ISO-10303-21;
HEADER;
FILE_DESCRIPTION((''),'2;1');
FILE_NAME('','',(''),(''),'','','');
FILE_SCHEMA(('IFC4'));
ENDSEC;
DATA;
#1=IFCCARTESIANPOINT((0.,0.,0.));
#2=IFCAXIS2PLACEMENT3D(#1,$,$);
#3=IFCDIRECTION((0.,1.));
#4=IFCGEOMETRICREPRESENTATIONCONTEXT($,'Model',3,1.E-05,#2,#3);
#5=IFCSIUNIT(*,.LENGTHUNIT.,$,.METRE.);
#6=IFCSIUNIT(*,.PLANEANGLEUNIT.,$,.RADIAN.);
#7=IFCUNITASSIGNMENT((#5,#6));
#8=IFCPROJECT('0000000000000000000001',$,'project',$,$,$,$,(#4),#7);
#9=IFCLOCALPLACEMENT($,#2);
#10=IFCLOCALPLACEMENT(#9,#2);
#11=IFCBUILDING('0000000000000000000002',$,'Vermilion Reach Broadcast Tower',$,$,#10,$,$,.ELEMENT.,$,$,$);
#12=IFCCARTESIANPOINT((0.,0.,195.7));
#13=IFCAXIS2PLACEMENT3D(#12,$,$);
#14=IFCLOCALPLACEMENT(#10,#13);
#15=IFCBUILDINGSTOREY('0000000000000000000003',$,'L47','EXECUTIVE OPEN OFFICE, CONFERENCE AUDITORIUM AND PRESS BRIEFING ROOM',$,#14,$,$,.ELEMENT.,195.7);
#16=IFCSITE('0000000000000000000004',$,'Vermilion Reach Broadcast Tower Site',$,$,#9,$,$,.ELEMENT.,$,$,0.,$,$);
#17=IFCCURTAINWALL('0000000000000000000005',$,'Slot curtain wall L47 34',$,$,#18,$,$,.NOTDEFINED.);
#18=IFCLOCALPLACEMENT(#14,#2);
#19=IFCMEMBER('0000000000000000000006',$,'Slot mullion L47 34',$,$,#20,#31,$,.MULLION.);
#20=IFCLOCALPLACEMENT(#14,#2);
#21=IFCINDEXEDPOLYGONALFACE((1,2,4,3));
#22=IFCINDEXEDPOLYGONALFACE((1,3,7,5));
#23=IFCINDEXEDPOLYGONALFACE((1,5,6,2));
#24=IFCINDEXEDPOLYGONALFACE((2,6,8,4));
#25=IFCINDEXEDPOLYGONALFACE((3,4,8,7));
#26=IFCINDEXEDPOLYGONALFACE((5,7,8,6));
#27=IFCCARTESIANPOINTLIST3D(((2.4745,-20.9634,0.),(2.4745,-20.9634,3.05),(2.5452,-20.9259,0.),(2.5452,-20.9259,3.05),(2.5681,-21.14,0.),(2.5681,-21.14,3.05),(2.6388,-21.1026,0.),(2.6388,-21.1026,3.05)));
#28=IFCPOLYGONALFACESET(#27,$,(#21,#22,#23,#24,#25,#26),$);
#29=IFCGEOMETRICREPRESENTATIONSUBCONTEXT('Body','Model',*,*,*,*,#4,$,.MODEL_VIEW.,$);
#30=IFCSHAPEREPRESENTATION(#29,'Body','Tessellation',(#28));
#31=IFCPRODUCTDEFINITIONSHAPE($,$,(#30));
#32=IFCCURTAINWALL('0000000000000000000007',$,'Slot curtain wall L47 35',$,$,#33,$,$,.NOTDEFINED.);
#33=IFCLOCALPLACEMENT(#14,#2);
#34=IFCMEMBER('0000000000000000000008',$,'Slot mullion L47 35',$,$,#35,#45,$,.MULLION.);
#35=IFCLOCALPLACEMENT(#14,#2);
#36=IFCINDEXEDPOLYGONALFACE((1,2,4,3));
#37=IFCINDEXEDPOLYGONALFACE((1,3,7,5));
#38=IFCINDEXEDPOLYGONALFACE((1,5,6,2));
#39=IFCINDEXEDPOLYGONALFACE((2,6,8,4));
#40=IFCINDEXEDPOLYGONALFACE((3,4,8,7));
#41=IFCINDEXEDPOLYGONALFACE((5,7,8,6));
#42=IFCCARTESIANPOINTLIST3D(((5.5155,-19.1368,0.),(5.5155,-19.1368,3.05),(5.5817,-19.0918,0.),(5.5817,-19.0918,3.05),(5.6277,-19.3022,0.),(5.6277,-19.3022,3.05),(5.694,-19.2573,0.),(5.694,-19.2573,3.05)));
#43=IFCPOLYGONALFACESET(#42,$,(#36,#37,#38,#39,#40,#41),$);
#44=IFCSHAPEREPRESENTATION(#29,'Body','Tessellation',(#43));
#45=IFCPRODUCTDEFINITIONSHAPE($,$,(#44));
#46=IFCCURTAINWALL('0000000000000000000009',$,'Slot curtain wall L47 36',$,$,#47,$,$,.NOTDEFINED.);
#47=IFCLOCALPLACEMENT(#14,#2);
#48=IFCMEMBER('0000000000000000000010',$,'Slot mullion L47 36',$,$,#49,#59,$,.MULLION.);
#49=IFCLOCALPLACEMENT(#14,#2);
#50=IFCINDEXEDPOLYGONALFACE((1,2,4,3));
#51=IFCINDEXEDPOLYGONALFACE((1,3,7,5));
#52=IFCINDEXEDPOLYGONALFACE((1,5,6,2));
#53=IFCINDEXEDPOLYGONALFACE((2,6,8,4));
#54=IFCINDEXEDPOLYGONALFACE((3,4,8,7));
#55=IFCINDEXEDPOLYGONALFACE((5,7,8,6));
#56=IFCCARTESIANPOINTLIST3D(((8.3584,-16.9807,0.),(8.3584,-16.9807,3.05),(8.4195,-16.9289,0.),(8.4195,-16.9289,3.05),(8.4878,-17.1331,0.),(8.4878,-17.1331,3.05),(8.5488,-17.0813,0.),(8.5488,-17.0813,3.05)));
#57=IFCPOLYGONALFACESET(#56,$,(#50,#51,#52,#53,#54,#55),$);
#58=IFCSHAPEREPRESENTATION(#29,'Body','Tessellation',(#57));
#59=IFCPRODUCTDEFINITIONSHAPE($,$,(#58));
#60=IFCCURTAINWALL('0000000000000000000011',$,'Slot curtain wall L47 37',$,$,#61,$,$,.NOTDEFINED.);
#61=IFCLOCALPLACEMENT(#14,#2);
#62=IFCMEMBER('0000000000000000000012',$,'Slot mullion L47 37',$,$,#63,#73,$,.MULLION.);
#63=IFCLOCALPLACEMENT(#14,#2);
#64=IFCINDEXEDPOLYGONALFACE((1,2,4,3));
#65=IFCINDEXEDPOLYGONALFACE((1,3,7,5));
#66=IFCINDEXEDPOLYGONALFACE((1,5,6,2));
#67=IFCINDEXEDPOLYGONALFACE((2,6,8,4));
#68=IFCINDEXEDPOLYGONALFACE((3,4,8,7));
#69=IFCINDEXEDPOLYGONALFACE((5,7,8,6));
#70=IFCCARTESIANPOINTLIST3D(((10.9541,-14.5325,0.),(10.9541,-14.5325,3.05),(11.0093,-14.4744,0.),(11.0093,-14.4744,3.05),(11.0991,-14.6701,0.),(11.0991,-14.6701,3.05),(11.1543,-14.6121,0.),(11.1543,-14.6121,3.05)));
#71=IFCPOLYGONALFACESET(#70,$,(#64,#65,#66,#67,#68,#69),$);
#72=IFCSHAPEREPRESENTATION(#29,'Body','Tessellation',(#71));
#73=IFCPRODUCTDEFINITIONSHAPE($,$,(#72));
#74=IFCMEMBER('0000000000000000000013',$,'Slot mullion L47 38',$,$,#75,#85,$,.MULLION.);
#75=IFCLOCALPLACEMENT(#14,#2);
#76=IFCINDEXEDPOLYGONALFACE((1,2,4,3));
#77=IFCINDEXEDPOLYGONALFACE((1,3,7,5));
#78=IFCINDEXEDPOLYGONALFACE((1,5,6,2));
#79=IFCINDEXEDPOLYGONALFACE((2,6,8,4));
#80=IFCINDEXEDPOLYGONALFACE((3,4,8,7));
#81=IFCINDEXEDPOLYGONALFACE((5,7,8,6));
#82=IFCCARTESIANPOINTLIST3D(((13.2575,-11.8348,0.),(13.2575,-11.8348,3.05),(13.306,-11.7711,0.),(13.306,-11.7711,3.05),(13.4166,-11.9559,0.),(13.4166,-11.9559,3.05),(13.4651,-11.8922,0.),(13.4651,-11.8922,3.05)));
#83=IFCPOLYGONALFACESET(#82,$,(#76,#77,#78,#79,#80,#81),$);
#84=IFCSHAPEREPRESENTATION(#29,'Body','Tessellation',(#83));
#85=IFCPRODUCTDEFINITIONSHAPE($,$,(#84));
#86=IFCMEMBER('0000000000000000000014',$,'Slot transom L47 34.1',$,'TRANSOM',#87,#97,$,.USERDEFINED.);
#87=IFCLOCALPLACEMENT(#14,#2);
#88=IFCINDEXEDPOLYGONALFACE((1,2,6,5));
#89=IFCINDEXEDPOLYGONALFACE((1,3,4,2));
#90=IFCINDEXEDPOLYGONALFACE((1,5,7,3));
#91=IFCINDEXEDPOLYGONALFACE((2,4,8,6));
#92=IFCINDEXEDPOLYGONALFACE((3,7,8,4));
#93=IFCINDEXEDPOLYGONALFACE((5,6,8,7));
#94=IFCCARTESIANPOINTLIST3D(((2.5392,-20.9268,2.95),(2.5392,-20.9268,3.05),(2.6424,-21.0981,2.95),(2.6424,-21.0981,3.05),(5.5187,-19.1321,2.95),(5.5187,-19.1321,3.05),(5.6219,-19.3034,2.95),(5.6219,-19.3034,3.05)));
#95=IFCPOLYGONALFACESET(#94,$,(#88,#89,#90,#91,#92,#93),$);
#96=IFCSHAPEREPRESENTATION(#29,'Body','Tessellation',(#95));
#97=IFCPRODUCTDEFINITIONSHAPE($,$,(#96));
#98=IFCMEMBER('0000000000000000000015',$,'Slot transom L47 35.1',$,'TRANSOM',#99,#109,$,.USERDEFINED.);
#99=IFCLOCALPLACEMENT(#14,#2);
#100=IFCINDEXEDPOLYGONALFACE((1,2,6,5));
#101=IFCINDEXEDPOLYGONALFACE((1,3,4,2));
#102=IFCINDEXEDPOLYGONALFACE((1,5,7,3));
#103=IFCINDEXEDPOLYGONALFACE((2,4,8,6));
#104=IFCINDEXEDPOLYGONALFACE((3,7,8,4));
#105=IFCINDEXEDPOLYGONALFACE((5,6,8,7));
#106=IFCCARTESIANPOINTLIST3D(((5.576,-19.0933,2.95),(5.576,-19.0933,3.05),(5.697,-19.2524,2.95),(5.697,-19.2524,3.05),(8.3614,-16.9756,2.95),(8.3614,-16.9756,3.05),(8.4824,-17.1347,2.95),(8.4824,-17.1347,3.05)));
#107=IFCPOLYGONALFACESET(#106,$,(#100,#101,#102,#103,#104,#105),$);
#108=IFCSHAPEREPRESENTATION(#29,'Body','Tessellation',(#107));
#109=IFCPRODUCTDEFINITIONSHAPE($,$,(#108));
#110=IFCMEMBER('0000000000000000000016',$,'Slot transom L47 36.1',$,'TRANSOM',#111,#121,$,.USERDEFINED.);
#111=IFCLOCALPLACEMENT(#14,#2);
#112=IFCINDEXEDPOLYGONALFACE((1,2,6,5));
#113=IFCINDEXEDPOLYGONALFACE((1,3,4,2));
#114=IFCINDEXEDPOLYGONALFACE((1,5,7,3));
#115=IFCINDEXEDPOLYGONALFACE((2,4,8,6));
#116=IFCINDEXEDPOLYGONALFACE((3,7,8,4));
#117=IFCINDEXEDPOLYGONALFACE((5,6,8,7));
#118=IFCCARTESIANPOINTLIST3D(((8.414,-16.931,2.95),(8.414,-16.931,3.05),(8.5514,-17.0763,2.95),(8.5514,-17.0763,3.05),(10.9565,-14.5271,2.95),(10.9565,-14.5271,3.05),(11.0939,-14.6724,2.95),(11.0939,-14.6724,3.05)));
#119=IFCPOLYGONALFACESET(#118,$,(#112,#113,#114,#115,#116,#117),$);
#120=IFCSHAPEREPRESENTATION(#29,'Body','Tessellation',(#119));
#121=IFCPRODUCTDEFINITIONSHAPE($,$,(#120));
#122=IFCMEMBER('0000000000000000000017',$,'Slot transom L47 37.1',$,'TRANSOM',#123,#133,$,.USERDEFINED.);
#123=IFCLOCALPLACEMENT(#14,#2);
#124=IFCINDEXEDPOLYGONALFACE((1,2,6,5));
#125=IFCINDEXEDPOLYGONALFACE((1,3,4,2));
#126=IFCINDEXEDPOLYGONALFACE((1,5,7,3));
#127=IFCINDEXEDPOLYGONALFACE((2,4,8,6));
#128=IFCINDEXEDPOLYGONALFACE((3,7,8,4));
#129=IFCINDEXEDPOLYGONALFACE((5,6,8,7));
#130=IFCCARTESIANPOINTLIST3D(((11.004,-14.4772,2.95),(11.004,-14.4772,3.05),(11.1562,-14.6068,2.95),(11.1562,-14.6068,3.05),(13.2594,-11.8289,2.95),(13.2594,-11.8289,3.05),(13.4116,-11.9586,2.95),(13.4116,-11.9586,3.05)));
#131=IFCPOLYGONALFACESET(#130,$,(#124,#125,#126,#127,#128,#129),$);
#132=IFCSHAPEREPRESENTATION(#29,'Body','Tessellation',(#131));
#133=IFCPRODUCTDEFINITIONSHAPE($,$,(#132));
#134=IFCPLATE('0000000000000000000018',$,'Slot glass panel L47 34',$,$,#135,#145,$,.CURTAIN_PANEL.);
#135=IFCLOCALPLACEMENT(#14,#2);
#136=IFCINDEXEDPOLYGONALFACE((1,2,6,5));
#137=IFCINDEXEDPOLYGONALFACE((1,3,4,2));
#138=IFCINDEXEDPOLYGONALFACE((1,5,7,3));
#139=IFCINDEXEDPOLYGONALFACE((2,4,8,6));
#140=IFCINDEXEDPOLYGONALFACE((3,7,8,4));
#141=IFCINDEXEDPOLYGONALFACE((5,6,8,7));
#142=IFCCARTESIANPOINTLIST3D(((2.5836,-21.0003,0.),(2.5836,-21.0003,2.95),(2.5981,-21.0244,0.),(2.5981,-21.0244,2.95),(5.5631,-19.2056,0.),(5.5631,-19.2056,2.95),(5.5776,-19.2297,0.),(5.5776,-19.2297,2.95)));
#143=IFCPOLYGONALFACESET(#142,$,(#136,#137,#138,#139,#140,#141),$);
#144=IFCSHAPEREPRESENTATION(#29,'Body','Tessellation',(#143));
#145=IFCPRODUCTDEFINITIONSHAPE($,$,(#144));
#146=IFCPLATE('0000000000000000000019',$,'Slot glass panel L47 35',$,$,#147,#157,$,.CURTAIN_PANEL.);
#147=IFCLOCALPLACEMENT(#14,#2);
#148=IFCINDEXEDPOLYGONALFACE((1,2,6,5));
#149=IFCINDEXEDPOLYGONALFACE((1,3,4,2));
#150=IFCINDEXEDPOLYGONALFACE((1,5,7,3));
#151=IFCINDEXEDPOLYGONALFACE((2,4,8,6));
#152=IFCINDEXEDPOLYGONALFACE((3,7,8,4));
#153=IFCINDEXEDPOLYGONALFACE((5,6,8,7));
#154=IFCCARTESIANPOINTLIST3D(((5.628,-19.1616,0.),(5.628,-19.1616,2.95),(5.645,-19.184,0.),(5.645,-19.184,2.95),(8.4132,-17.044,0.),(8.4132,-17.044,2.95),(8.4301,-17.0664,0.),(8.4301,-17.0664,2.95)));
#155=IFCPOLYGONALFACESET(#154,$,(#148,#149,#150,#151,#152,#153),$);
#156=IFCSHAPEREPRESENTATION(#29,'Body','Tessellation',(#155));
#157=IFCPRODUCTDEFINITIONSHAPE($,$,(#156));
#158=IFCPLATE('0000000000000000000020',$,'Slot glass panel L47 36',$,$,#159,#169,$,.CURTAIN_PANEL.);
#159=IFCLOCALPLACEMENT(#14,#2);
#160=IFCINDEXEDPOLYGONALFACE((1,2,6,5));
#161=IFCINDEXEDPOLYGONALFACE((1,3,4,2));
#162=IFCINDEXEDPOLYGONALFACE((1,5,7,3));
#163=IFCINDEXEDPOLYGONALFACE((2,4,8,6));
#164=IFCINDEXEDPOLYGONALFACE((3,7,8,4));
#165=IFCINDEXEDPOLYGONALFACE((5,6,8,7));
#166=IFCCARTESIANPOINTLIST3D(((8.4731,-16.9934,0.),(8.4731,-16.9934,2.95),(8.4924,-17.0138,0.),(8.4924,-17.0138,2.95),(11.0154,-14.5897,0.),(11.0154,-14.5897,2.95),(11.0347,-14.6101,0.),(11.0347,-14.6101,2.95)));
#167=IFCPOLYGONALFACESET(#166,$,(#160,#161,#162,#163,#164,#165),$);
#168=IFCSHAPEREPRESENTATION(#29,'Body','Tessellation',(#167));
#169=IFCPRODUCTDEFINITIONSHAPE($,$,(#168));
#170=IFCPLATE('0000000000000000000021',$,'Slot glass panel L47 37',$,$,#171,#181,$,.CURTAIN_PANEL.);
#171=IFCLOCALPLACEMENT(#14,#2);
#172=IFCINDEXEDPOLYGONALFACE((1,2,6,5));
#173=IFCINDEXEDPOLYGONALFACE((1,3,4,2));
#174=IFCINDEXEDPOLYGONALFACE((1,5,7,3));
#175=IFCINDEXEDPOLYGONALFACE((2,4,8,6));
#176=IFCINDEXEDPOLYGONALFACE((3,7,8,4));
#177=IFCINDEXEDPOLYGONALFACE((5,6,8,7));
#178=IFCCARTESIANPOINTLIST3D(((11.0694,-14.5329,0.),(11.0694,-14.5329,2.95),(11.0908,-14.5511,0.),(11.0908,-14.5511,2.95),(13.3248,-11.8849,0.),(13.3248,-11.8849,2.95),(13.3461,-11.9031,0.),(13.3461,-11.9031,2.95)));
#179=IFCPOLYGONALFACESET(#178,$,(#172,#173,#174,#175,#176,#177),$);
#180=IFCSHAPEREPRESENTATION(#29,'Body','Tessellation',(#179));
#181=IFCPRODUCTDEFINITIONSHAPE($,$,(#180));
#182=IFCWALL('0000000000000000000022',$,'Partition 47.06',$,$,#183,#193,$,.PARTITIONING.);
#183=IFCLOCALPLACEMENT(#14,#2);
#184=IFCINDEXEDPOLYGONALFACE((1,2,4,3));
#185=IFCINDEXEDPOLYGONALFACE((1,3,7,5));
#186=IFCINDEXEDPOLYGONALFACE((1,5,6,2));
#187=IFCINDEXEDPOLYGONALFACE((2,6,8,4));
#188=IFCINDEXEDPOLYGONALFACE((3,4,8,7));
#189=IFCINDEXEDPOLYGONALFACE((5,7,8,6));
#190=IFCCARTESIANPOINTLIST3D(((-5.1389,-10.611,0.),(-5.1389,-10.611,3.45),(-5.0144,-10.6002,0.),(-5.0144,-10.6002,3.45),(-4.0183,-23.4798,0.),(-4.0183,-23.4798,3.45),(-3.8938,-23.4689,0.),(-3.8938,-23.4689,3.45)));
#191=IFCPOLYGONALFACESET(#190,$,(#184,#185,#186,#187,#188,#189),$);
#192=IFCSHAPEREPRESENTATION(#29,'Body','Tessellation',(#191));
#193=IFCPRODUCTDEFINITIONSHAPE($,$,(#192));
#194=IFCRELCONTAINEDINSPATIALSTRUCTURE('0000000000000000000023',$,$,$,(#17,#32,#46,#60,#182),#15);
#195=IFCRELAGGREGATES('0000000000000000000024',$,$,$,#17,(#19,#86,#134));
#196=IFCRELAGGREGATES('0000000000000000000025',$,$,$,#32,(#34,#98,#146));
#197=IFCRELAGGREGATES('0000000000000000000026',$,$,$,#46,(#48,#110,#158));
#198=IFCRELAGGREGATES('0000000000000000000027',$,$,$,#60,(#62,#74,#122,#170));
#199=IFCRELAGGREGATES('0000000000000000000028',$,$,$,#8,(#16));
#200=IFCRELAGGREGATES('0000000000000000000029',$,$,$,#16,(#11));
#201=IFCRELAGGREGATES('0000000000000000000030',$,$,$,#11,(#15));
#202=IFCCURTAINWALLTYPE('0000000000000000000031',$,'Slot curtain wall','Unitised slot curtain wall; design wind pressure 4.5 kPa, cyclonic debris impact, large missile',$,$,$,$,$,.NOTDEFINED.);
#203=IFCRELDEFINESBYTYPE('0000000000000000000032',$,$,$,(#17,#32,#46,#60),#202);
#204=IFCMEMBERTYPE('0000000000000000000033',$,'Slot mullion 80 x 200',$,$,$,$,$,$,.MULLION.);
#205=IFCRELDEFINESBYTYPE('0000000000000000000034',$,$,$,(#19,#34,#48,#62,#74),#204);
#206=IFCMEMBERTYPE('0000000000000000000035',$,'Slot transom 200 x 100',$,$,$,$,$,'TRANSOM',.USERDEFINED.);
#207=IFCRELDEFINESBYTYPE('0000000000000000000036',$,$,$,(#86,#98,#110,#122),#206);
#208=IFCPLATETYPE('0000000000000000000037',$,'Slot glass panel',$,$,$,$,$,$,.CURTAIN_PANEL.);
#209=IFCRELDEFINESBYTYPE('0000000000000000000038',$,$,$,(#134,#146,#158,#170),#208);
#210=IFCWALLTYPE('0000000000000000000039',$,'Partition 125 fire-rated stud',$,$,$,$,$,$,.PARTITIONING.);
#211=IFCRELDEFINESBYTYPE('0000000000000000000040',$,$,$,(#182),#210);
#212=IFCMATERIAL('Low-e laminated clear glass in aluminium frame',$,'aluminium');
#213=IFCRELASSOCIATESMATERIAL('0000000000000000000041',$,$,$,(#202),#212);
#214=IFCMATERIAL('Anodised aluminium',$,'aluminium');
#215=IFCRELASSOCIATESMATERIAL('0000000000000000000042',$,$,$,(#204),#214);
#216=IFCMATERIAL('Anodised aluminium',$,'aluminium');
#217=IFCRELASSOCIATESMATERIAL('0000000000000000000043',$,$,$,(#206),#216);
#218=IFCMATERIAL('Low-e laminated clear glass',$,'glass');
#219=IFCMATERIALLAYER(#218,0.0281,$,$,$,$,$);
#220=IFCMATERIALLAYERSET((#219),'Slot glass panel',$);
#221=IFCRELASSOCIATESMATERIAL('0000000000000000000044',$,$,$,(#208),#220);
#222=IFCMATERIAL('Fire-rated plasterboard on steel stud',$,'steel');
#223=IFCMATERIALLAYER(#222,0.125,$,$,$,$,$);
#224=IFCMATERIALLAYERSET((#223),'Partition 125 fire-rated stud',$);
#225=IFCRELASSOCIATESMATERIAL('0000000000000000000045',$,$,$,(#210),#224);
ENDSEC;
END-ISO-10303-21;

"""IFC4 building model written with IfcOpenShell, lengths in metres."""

from ifc_helpers import new_model, si_unit, direction, frame, frame_2d, origin, origin_2d, place, context, subcontext, project, spatial, rectangle, extrude, material, layer, layer_set, material_profile, profile_set, type_object, element, aggregate, save


model = new_model("IFC4")

# Units and contexts
model_context = context("Model", 3, precision=1e-05, world=origin(), true_north=direction((0.0, 1.0)))
body_context = subcontext(model_context, "Body", "Model", "MODEL_VIEW")
ifc_project = project(units=[si_unit("LENGTHUNIT", "METRE"), si_unit("PLANEANGLEUNIT", "RADIAN")], contexts=[model_context])

# Site, building, storey
site_placement = place(None, origin())
site = spatial("IfcSite", under=ifc_project, at=site_placement, Name="Vermilion Reach Broadcast Tower Site", CompositionType="ELEMENT", RefElevation=0.0)
building_placement = place(site_placement, origin())
building = spatial("IfcBuilding", under=site, at=building_placement, Name="Vermilion Reach Broadcast Tower", CompositionType="ELEMENT")
storey_placement = place(building_placement, frame((0.0, 0.0, 195.7)))
storey = spatial("IfcBuildingStorey", under=building, at=storey_placement, Name="L47", Description="EXECUTIVE OPEN OFFICE, CONFERENCE AUDITORIUM AND PRESS BRIEFING ROOM", CompositionType="ELEMENT", Elevation=195.7)

# Curtain walls, members
ifc_material_1 = material(Name="Low-e laminated clear glass in aluminium frame", Category="aluminium")
curtain_wall_type = type_object("IfcCurtainWallType", Name="Slot curtain wall", Description="Unitised slot curtain wall; design wind pressure 4.5 kPa, cyclonic debris impact, large missile", PredefinedType="NOTDEFINED", material=ifc_material_1)
placement = place(storey_placement, origin())
curtain_wall_1 = element("IfcCurtainWall", 1, at=placement, inside=storey, type_object=curtain_wall_type, Name="Slot curtain wall L47 34", PredefinedType="NOTDEFINED")
ifc_material_2 = material(Name="Anodised aluminium", Category="aluminium")
ifc_material_profile_1 = material_profile(ifc_material_2, rectangle(XDim=0.2, YDim=0.0801, at=origin_2d()), Name="Slot mullion 80 x 200")
ifc_profile_set_1 = profile_set([ifc_material_profile_1], Name="Anodised aluminium")
member_type_1 = type_object("IfcMemberType", Name="Slot mullion 80 x 200", PredefinedType="MULLION", material=ifc_profile_set_1)
member_1_placement = place(storey_placement, frame((2.5566, -21.033, 0.0), z_axis=(0.0, 0.0, 1.0), x_axis=(-0.468223, 0.88361, 0.0)))
member_1 = element("IfcMember", 2, at=member_1_placement, type_object=member_type_1, Name="Slot mullion L47 34", PredefinedType="MULLION", context=body_context, shape_type="SweptSolid", body=[
    extrude(rectangle(XDim=0.2, YDim=0.0801, at=origin_2d()), origin(), (0.0, 0.0, 1.0), 3.05),
])
curtain_wall_2 = element("IfcCurtainWall", 3, at=placement, inside=storey, type_object=curtain_wall_type, Name="Slot curtain wall L47 35", PredefinedType="NOTDEFINED")
member_2_placement = place(storey_placement, frame((5.6047, -19.197, 0.0), z_axis=(0.0, 0.0, 1.0), x_axis=(-0.56142, 0.827531, 0.0)))
member_2 = element("IfcMember", 4, at=member_2_placement, type_object=member_type_1, Name="Slot mullion L47 35", PredefinedType="MULLION", context=body_context, shape_type="SweptSolid", body=[
    extrude(rectangle(XDim=0.2, YDim=0.0801, at=origin_2d()), origin(), (0.0, 0.0, 1.0), 3.05),
])
curtain_wall_3 = element("IfcCurtainWall", 5, at=placement, inside=storey, type_object=curtain_wall_type, Name="Slot curtain wall L47 36", PredefinedType="NOTDEFINED")
member_3_placement = place(storey_placement, frame((8.4536, -17.031, 0.0), z_axis=(0.0, 0.0, 1.0), x_axis=(-0.647056, 0.762442, 0.0)))
member_3 = element("IfcMember", 6, at=member_3_placement, type_object=member_type_1, Name="Slot mullion L47 36", PredefinedType="MULLION", context=body_context, shape_type="SweptSolid", body=[
    extrude(rectangle(XDim=0.2, YDim=0.0801, at=origin_2d()), origin(), (0.0, 0.0, 1.0), 3.05),
])

# Curtain wall, members
curtain_wall_4 = element("IfcCurtainWall", 7, at=placement, inside=storey, type_object=curtain_wall_type, Name="Slot curtain wall L47 37", PredefinedType="NOTDEFINED")
member_4_placement = place(storey_placement, frame((11.0542, -14.5723, 0.0), z_axis=(0.0, 0.0, 1.0), x_axis=(-0.725205, 0.688533, 0.0)))
member_4 = element("IfcMember", 8, at=member_4_placement, type_object=member_type_1, Name="Slot mullion L47 37", PredefinedType="MULLION", context=body_context, shape_type="SweptSolid", body=[
    extrude(rectangle(XDim=0.2, YDim=0.0801, at=origin_2d()), origin(), (0.0, 0.0, 1.0), 3.05),
])
member_5_placement = place(storey_placement, frame((13.3613, -11.8635, 0.0), z_axis=(0.0, 0.0, 1.0), x_axis=(-0.795695, 0.605697, 0.0)))
member_5 = element("IfcMember", 9, at=member_5_placement, type_object=member_type_1, Name="Slot mullion L47 38", PredefinedType="MULLION", context=body_context, shape_type="SweptSolid", body=[
    extrude(rectangle(XDim=0.2, YDim=0.0801, at=origin_2d()), origin(), (0.0, 0.0, 1.0), 3.05),
])

# Members
ifc_material_3 = material(Name="Anodised aluminium", Category="aluminium")
ifc_material_profile_2 = material_profile(ifc_material_3, rectangle(XDim=0.2, YDim=0.1001, at=origin_2d()), Name="Slot transom 200 x 100")
ifc_profile_set_2 = profile_set([ifc_material_profile_2], Name="Anodised aluminium")
member_type_2 = type_object("IfcMemberType", Name="Slot transom 200 x 100", ElementType="TRANSOM", PredefinedType="USERDEFINED", material=ifc_profile_set_2)
member_6_placement = place(storey_placement, frame((2.5908, -21.0125, 3.0), z_axis=(0.856606, 0.515971, 0.0), x_axis=(-0.515971, 0.856606, 0.0)))
member_6 = element("IfcMember", 10, at=member_6_placement, type_object=member_type_2, Name="Slot transom L47 34.1", ObjectType="TRANSOM", PredefinedType="USERDEFINED", context=body_context, shape_type="SweptSolid", body=[
    extrude(rectangle(XDim=0.2, YDim=0.1001, at=origin_2d()), origin(), (0.0, 0.0, 1.0), 3.4783),
])
member_7_placement = place(storey_placement, frame((5.6365, -19.1729, 3.0), z_axis=(0.796056, 0.605223, 0.0), x_axis=(-0.605223, 0.796056, 0.0)))
member_7 = element("IfcMember", 11, at=member_7_placement, type_object=member_type_2, Name="Slot transom L47 35.1", ObjectType="TRANSOM", PredefinedType="USERDEFINED", context=body_context, shape_type="SweptSolid", body=[
    extrude(rectangle(XDim=0.2, YDim=0.1001, at=origin_2d()), origin(), (0.0, 0.0, 1.0), 3.499),
])
member_8_placement = place(storey_placement, frame((8.4827, -17.0037, 3.0), z_axis=(0.726645, 0.687013, 0.0), x_axis=(-0.687013, 0.726645, 0.0)))
member_8 = element("IfcMember", 12, at=member_8_placement, type_object=member_type_2, Name="Slot transom L47 36.1", ObjectType="TRANSOM", PredefinedType="USERDEFINED", context=body_context, shape_type="SweptSolid", body=[
    extrude(rectangle(XDim=0.2, YDim=0.1001, at=origin_2d()), origin(), (0.0, 0.0, 1.0), 3.499),
])
member_9_placement = place(storey_placement, frame((11.0801, -14.542, 3.0), z_axis=(0.648384, 0.761314, 0.0), x_axis=(-0.761314, 0.648384, 0.0)))
member_9 = element("IfcMember", 13, at=member_9_placement, type_object=member_type_2, Name="Slot transom L47 37.1", ObjectType="TRANSOM", PredefinedType="USERDEFINED", context=body_context, shape_type="SweptSolid", body=[
    extrude(rectangle(XDim=0.2, YDim=0.1001, at=origin_2d()), origin(), (0.0, 0.0, 1.0), 3.4785),
])

# Plates
ifc_material_4 = material(Name="Low-e laminated clear glass", Category="glass")
ifc_layer_1 = layer(ifc_material_4, 0.0281)
ifc_layer_set_1 = layer_set([ifc_layer_1], Name="Slot glass panel")
plate_type = type_object("IfcPlateType", Name="Slot glass panel", PredefinedType="CURTAIN_PANEL", material=ifc_layer_set_1)
plate_1_placement = place(storey_placement, frame((4.0806, -20.115, 0.0), z_axis=(0.0, 0.0, 1.0), x_axis=(0.856605, 0.515972, 0.0)))
plate_1 = element("IfcPlate", 14, at=plate_1_placement, type_object=plate_type, Name="Slot glass panel L47 34", PredefinedType="CURTAIN_PANEL", context=body_context, shape_type="SweptSolid", body=[
    extrude(rectangle(XDim=3.4783, YDim=0.0281, at=origin_2d()), origin(), (0.0, 0.0, 1.0), 2.95),
])
aggregate(curtain_wall_1, [member_1, member_6, plate_1])
plate_2_placement = place(storey_placement, frame((7.0291, -18.114, 0.0), z_axis=(0.0, 0.0, 1.0), x_axis=(0.796048, 0.605234, 0.0)))
plate_2 = element("IfcPlate", 15, at=plate_2_placement, type_object=plate_type, Name="Slot glass panel L47 35", PredefinedType="CURTAIN_PANEL", context=body_context, shape_type="SweptSolid", body=[
    extrude(rectangle(XDim=3.4988, YDim=0.0281, at=origin_2d()), origin(), (0.0, 0.0, 1.0), 2.95),
])
aggregate(curtain_wall_2, [member_2, member_7, plate_2])
plate_3_placement = place(storey_placement, frame((9.7539, -15.8018, 0.0), z_axis=(0.0, 0.0, 1.0), x_axis=(0.726643, 0.687016, 0.0)))
plate_3 = element("IfcPlate", 16, at=plate_3_placement, type_object=plate_type, Name="Slot glass panel L47 36", PredefinedType="CURTAIN_PANEL", context=body_context, shape_type="SweptSolid", body=[
    extrude(rectangle(XDim=3.4988, YDim=0.0281, at=origin_2d()), origin(), (0.0, 0.0, 1.0), 2.95),
])
aggregate(curtain_wall_3, [member_3, member_8, plate_3])
plate_4_placement = place(storey_placement, frame((12.2078, -13.218, 0.0), z_axis=(0.0, 0.0, 1.0), x_axis=(0.648418, 0.761284, 0.0)))
plate_4 = element("IfcPlate", 17, at=plate_4_placement, type_object=plate_type, Name="Slot glass panel L47 37", PredefinedType="CURTAIN_PANEL", context=body_context, shape_type="SweptSolid", body=[
    extrude(rectangle(XDim=3.4783, YDim=0.0281, at=origin_2d()), origin(), (0.0, 0.0, 1.0), 2.95),
])
aggregate(curtain_wall_4, [member_4, member_5, member_9, plate_4])

# Wall
ifc_material_5 = material(Name="Fire-rated plasterboard on steel stud", Category="steel")
ifc_layer_2 = layer(ifc_material_5, 0.125)
ifc_layer_set_2 = layer_set([ifc_layer_2], Name="Partition 125 fire-rated stud")
wall_type_1 = type_object("IfcWallType", Name="Partition 125 fire-rated stud", PredefinedType="PARTITIONING", material=ifc_layer_set_2)
wall_1_placement = place(storey_placement, frame((-3.9561, -23.4744, 0.0), z_axis=(0.0, 0.0, 1.0), x_axis=(-0.08675, 0.99623, 0.0)))
element("IfcWall", 18, at=wall_1_placement, inside=storey, type_object=wall_type_1, Name="Partition 47.06", PredefinedType="PARTITIONING", context=body_context, shape_type="SweptSolid", body=[
    extrude(rectangle(XDim=12.9175, YDim=0.125, at=frame_2d((6.4587, 0.0))), origin(), (0.0, 0.0, 1.0), 3.45),
])

save(model, "model.ifc")
